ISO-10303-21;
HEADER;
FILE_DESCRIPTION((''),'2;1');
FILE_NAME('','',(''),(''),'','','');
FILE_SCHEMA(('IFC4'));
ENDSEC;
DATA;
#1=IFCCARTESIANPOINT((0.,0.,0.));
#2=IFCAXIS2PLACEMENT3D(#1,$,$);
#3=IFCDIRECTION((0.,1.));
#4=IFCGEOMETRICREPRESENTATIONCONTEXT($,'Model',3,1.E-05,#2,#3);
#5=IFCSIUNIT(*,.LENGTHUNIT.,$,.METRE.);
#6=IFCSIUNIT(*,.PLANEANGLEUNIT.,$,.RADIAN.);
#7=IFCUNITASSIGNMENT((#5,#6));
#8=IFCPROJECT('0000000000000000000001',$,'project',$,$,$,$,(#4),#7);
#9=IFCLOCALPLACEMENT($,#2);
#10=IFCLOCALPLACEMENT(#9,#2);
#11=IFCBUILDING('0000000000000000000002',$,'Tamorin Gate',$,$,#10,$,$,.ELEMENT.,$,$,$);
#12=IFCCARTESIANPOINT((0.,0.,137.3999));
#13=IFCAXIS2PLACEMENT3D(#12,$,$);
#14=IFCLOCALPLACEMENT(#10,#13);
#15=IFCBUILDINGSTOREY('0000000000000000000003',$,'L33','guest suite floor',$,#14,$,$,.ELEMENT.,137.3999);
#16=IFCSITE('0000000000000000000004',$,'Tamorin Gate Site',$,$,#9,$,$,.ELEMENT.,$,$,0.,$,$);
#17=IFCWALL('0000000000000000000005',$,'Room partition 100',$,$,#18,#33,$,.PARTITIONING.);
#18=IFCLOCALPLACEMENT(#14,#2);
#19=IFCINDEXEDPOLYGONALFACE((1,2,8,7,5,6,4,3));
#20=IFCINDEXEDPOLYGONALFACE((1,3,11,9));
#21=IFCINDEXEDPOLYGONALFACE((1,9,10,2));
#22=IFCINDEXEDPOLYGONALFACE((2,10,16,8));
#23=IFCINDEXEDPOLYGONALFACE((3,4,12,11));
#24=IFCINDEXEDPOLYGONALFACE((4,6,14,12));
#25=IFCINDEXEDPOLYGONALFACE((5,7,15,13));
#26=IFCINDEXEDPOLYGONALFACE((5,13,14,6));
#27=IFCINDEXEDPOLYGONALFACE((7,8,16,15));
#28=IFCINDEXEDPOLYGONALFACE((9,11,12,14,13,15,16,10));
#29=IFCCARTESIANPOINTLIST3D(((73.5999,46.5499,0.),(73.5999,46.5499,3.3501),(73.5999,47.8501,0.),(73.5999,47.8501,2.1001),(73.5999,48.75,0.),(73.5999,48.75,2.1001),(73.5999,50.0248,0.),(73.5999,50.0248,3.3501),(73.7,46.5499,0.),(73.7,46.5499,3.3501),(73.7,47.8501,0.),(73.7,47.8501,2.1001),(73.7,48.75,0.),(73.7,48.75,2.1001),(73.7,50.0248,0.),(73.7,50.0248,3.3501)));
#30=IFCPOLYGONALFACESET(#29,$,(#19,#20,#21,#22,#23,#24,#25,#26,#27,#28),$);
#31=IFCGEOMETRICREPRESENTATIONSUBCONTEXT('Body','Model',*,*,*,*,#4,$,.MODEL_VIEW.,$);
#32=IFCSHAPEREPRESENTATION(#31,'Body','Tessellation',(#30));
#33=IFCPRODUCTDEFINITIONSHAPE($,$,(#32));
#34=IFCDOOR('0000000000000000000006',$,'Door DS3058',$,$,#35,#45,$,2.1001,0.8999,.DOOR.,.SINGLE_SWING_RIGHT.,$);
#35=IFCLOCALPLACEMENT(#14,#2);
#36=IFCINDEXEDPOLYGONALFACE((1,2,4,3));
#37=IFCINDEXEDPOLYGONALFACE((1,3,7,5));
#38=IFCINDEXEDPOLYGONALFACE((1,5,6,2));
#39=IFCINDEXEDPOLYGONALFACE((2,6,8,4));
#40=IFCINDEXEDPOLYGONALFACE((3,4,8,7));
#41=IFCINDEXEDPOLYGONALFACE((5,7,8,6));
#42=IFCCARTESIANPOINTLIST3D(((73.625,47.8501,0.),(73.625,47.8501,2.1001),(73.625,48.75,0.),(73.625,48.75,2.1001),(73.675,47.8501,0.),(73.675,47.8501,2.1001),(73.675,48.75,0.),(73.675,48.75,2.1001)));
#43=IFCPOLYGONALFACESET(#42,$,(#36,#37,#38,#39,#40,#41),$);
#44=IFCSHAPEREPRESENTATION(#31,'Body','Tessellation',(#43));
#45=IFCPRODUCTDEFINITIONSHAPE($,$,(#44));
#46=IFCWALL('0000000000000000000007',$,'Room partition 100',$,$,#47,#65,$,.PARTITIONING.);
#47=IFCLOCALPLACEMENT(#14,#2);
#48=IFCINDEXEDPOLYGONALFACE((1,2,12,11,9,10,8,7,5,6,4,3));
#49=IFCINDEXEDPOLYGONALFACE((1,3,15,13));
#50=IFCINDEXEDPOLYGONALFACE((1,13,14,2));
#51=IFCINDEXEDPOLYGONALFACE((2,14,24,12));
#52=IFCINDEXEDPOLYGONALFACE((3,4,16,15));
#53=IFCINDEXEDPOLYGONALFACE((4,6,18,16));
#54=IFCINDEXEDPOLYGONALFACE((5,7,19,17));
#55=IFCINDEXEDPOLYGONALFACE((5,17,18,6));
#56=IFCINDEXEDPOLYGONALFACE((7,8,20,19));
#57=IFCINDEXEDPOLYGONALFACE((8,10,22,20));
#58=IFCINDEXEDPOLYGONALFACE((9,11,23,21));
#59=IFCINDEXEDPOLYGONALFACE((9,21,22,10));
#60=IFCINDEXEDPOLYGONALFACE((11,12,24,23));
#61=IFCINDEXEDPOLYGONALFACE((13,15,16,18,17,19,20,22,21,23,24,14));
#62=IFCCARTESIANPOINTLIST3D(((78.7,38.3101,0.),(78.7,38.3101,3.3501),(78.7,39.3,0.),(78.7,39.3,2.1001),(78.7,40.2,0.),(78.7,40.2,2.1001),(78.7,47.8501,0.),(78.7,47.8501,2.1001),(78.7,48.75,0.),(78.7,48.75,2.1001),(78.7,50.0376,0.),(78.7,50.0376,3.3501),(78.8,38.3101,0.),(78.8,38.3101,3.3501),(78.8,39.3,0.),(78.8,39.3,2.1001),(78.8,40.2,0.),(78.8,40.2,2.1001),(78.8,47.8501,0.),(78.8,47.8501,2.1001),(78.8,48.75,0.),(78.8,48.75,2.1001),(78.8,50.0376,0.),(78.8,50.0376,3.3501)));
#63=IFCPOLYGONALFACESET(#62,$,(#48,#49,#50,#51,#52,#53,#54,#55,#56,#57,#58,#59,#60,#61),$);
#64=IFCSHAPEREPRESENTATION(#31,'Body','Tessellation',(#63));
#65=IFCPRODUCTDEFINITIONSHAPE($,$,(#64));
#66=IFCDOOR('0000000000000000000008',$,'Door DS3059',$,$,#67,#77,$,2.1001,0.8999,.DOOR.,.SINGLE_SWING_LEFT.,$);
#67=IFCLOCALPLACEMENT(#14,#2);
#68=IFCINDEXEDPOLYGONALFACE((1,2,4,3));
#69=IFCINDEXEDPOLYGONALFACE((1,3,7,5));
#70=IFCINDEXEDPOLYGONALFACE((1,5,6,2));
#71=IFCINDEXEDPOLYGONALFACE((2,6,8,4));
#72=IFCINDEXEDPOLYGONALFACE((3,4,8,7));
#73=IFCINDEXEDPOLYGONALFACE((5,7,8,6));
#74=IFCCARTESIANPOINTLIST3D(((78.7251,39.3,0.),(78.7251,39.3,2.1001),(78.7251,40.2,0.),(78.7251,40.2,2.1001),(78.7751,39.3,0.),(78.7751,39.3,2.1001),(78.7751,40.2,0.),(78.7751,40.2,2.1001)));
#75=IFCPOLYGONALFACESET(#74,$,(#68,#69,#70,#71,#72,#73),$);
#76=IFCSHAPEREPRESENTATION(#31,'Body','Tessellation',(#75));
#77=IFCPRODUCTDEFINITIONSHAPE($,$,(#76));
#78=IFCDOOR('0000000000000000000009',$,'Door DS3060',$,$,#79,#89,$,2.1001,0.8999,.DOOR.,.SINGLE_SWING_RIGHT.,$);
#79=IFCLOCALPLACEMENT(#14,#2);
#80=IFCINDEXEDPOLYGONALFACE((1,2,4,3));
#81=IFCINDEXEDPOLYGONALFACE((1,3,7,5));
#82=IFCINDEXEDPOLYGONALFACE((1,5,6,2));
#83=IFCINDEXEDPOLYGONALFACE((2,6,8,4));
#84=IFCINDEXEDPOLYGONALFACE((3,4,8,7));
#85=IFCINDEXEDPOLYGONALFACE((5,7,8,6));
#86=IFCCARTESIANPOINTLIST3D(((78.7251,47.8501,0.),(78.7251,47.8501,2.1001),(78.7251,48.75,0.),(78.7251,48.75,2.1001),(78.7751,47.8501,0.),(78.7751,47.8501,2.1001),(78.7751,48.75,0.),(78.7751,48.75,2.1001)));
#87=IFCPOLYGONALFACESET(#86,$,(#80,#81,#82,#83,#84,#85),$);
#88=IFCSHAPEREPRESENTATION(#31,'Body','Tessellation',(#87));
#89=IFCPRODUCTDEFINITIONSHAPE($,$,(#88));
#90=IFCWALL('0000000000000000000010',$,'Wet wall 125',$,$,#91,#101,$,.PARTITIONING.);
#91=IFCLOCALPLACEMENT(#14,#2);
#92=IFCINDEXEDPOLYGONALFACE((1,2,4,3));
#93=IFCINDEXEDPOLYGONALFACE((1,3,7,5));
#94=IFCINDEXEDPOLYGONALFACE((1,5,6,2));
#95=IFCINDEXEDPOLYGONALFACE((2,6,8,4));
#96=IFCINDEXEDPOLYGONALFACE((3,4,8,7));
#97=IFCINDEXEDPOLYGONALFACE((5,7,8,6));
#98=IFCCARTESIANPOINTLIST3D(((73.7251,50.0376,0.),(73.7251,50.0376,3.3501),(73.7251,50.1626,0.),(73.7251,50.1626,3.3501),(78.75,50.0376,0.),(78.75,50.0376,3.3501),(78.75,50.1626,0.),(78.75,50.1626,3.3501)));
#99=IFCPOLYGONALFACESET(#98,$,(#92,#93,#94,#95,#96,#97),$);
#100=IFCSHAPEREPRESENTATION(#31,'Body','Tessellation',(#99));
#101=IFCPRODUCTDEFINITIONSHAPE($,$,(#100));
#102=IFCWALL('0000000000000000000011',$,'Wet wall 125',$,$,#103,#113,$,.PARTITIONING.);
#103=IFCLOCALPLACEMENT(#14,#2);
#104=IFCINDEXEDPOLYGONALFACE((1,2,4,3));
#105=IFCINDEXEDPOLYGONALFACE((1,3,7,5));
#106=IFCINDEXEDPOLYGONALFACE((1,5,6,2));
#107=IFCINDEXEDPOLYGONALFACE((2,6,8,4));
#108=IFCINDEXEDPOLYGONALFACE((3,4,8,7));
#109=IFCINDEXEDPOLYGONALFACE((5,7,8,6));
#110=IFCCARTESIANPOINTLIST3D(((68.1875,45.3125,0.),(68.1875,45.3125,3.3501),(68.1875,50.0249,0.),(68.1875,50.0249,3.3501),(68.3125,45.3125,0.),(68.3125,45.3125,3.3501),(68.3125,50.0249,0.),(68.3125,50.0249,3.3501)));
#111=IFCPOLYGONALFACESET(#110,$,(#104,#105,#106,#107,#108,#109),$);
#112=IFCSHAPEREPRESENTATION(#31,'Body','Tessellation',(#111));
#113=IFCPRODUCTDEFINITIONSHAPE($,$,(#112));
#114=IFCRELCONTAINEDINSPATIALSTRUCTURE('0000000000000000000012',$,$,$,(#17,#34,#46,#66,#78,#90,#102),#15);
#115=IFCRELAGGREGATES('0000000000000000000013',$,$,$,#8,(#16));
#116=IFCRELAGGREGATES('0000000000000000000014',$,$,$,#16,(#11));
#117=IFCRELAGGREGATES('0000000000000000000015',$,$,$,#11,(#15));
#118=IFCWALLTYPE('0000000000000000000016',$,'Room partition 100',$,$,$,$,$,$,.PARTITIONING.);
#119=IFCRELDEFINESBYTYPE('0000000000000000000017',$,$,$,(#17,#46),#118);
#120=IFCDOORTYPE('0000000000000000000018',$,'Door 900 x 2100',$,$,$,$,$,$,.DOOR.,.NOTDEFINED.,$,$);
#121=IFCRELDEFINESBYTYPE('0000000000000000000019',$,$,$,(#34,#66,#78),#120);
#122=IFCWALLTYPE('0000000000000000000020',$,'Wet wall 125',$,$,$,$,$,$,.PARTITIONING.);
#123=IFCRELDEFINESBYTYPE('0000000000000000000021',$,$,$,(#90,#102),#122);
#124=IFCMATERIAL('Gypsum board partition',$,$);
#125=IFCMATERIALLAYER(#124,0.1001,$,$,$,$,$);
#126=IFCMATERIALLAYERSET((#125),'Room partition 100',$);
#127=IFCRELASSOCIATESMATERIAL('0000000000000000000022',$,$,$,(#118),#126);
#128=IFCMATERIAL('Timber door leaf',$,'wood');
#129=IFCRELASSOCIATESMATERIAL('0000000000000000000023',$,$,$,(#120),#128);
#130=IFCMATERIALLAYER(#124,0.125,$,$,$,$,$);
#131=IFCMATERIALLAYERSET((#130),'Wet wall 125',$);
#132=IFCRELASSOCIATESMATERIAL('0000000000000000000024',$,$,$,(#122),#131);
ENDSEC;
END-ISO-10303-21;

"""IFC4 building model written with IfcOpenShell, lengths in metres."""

from ifc_helpers import new_model, si_unit, direction, frame, frame_2d, origin, place, context, subcontext, project, spatial, rectangle, extrude, material, layer, layer_set, type_object, element, fill, save


model = new_model("IFC4")

# Units and contexts
model_context = context("Model", 3, precision=1e-05, world=origin(), true_north=direction((0.0, 1.0)))
body_context = subcontext(model_context, "Body", "Model", "MODEL_VIEW")
ifc_project = project(units=[si_unit("LENGTHUNIT", "METRE"), si_unit("PLANEANGLEUNIT", "RADIAN")], contexts=[model_context])

# Site, building, storey
site_placement = place(None, origin())
site = spatial("IfcSite", under=ifc_project, at=site_placement, Name="Tamorin Gate Site", CompositionType="ELEMENT", RefElevation=0.0)
building_placement = place(site_placement, origin())
building = spatial("IfcBuilding", under=site, at=building_placement, Name="Tamorin Gate", CompositionType="ELEMENT")
storey_placement = place(building_placement, frame((0.0, 0.0, 137.3999)))
storey = spatial("IfcBuildingStorey", under=building, at=storey_placement, Name="L33", Description="guest suite floor", CompositionType="ELEMENT", Elevation=137.3999)

# Shared definitions
ifc_material_1 = material(Name="Gypsum board partition")

# Wall, opening, door
ifc_layer_1 = layer(ifc_material_1, 0.1001)
ifc_layer_set_1 = layer_set([ifc_layer_1], Name="Room partition 100")
wall_type_1 = type_object("IfcWallType", Name="Room partition 100", PredefinedType="PARTITIONING", material=ifc_layer_set_1)
ifc_material_2 = material(Name="Timber door leaf", Category="wood")
door_type = type_object("IfcDoorType", Name="Door 900 x 2100", OperationType="NOTDEFINED", PredefinedType="DOOR", material=ifc_material_2)
wall_1_placement = place(storey_placement, frame((73.6499, 46.55, 0.0), z_axis=(0.0, 0.0, 1.0), x_axis=(0.0, 1.0, 0.0)))
wall_1 = element("IfcWall", 1, at=wall_1_placement, inside=storey, type_object=wall_type_1, Name="Room partition 100", PredefinedType="PARTITIONING", context=body_context, shape_type="SweptSolid", body=[
    extrude(rectangle(XDim=3.4749, YDim=0.1001, at=frame_2d((1.7373, 0.0))), origin(), (0.0, 0.0, 1.0), 3.3501),
])
opening_1_placement = place(wall_1_placement, frame((1.3, 0.0, 0.0)))
opening_1 = element("IfcOpeningElement", 2, at=opening_1_placement, cuts=wall_1, PredefinedType="OPENING", context=body_context, shape_type="SweptSolid", body=[
    extrude(rectangle(XDim=0.8999, YDim=2.1001, at=frame_2d((0.45, 1.05))), frame((0.0, 0.0601, 0.0), z_axis=(0.0, -1.0, 0.0), x_axis=(1.0, 0.0, 0.0)), (0.0, 0.0, 1.0), 0.1201),
])
door_1_placement = place(opening_1_placement, origin())
door_1 = element("IfcDoor", 3, at=door_1_placement, inside=storey, type_object=door_type, Name="Door DS3058", OperationType="SINGLE_SWING_RIGHT", OverallHeight=2.1001, OverallWidth=0.8999, PredefinedType="DOOR", context=body_context, shape_type="SweptSolid", body=[
    extrude(rectangle(XDim=0.8999, YDim=2.1001, at=frame_2d((0.45, 1.05))), frame((0.0, 0.0249, 0.0), z_axis=(0.0, -1.0, 0.0), x_axis=(1.0, 0.0, 0.0)), (0.0, 0.0, 1.0), 0.05),
])
fill(opening_1, door_1)

# Wall, openings, doors
wall_2_placement = place(storey_placement, frame((78.75, 38.3101, 0.0), z_axis=(0.0, 0.0, 1.0), x_axis=(0.0, 1.0, 0.0)))
wall_2 = element("IfcWall", 4, at=wall_2_placement, inside=storey, type_object=wall_type_1, Name="Room partition 100", PredefinedType="PARTITIONING", context=body_context, shape_type="SweptSolid", body=[
    extrude(rectangle(XDim=11.7275, YDim=0.1001, at=frame_2d((5.8638, 0.0))), origin(), (0.0, 0.0, 1.0), 3.3501),
])
opening_2_placement = place(wall_2_placement, frame((0.99, 0.0, 0.0)))
opening_2 = element("IfcOpeningElement", 5, at=opening_2_placement, cuts=wall_2, PredefinedType="OPENING", context=body_context, shape_type="SweptSolid", body=[
    extrude(rectangle(XDim=0.8999, YDim=2.1001, at=frame_2d((0.45, 1.05))), frame((0.0, 0.0601, 0.0), z_axis=(0.0, -1.0, 0.0), x_axis=(1.0, 0.0, 0.0)), (0.0, 0.0, 1.0), 0.1201),
])
opening_3_placement = place(wall_2_placement, frame((9.54, 0.0, 0.0)))
opening_3 = element("IfcOpeningElement", 6, at=opening_3_placement, cuts=wall_2, PredefinedType="OPENING", context=body_context, shape_type="SweptSolid", body=[
    extrude(rectangle(XDim=0.8999, YDim=2.1001, at=frame_2d((0.45, 1.05))), frame((0.0, 0.0601, 0.0), z_axis=(0.0, -1.0, 0.0), x_axis=(1.0, 0.0, 0.0)), (0.0, 0.0, 1.0), 0.1201),
])
door_2_placement = place(opening_2_placement, origin())
door_2 = element("IfcDoor", 7, at=door_2_placement, inside=storey, type_object=door_type, Name="Door DS3059", OperationType="SINGLE_SWING_LEFT", OverallHeight=2.1001, OverallWidth=0.8999, PredefinedType="DOOR", context=body_context, shape_type="SweptSolid", body=[
    extrude(rectangle(XDim=0.8999, YDim=2.1001, at=frame_2d((0.45, 1.05))), frame((0.0, 0.0249, 0.0), z_axis=(0.0, -1.0, 0.0), x_axis=(1.0, 0.0, 0.0)), (0.0, 0.0, 1.0), 0.05),
])
fill(opening_2, door_2)
door_3_placement = place(opening_3_placement, origin())
door_3 = element("IfcDoor", 8, at=door_3_placement, inside=storey, type_object=door_type, Name="Door DS3060", OperationType="SINGLE_SWING_RIGHT", OverallHeight=2.1001, OverallWidth=0.8999, PredefinedType="DOOR", context=body_context, shape_type="SweptSolid", body=[
    extrude(rectangle(XDim=0.8999, YDim=2.1001, at=frame_2d((0.45, 1.05))), frame((0.0, 0.0249, 0.0), z_axis=(0.0, -1.0, 0.0), x_axis=(1.0, 0.0, 0.0)), (0.0, 0.0, 1.0), 0.05),
])
fill(opening_3, door_3)

# Walls
ifc_layer_2 = layer(ifc_material_1, 0.125)
ifc_layer_set_2 = layer_set([ifc_layer_2], Name="Wet wall 125")
wall_type_2 = type_object("IfcWallType", Name="Wet wall 125", PredefinedType="PARTITIONING", material=ifc_layer_set_2)
wall_3_placement = place(storey_placement, frame((73.7251, 50.1001, 0.0), z_axis=(0.0, 0.0, 1.0), x_axis=(1.0, 0.0, 0.0)))
element("IfcWall", 9, at=wall_3_placement, inside=storey, type_object=wall_type_2, Name="Wet wall 125", PredefinedType="PARTITIONING", context=body_context, shape_type="SweptSolid", body=[
    extrude(rectangle(XDim=5.0249, YDim=0.125, at=frame_2d((2.5125, 0.0))), origin(), (0.0, 0.0, 1.0), 3.3501),
])
wall_4_placement = place(storey_placement, frame((68.25, 45.3125, 0.0), z_axis=(0.0, 0.0, 1.0), x_axis=(0.0, 1.0, 0.0)))
element("IfcWall", 10, at=wall_4_placement, inside=storey, type_object=wall_type_2, Name="Wet wall 125", PredefinedType="PARTITIONING", context=body_context, shape_type="SweptSolid", body=[
    extrude(rectangle(XDim=4.7124, YDim=0.125, at=frame_2d((2.3562, 0.0))), origin(), (0.0, 0.0, 1.0), 3.3501),
])

save(model, "model.ifc")
